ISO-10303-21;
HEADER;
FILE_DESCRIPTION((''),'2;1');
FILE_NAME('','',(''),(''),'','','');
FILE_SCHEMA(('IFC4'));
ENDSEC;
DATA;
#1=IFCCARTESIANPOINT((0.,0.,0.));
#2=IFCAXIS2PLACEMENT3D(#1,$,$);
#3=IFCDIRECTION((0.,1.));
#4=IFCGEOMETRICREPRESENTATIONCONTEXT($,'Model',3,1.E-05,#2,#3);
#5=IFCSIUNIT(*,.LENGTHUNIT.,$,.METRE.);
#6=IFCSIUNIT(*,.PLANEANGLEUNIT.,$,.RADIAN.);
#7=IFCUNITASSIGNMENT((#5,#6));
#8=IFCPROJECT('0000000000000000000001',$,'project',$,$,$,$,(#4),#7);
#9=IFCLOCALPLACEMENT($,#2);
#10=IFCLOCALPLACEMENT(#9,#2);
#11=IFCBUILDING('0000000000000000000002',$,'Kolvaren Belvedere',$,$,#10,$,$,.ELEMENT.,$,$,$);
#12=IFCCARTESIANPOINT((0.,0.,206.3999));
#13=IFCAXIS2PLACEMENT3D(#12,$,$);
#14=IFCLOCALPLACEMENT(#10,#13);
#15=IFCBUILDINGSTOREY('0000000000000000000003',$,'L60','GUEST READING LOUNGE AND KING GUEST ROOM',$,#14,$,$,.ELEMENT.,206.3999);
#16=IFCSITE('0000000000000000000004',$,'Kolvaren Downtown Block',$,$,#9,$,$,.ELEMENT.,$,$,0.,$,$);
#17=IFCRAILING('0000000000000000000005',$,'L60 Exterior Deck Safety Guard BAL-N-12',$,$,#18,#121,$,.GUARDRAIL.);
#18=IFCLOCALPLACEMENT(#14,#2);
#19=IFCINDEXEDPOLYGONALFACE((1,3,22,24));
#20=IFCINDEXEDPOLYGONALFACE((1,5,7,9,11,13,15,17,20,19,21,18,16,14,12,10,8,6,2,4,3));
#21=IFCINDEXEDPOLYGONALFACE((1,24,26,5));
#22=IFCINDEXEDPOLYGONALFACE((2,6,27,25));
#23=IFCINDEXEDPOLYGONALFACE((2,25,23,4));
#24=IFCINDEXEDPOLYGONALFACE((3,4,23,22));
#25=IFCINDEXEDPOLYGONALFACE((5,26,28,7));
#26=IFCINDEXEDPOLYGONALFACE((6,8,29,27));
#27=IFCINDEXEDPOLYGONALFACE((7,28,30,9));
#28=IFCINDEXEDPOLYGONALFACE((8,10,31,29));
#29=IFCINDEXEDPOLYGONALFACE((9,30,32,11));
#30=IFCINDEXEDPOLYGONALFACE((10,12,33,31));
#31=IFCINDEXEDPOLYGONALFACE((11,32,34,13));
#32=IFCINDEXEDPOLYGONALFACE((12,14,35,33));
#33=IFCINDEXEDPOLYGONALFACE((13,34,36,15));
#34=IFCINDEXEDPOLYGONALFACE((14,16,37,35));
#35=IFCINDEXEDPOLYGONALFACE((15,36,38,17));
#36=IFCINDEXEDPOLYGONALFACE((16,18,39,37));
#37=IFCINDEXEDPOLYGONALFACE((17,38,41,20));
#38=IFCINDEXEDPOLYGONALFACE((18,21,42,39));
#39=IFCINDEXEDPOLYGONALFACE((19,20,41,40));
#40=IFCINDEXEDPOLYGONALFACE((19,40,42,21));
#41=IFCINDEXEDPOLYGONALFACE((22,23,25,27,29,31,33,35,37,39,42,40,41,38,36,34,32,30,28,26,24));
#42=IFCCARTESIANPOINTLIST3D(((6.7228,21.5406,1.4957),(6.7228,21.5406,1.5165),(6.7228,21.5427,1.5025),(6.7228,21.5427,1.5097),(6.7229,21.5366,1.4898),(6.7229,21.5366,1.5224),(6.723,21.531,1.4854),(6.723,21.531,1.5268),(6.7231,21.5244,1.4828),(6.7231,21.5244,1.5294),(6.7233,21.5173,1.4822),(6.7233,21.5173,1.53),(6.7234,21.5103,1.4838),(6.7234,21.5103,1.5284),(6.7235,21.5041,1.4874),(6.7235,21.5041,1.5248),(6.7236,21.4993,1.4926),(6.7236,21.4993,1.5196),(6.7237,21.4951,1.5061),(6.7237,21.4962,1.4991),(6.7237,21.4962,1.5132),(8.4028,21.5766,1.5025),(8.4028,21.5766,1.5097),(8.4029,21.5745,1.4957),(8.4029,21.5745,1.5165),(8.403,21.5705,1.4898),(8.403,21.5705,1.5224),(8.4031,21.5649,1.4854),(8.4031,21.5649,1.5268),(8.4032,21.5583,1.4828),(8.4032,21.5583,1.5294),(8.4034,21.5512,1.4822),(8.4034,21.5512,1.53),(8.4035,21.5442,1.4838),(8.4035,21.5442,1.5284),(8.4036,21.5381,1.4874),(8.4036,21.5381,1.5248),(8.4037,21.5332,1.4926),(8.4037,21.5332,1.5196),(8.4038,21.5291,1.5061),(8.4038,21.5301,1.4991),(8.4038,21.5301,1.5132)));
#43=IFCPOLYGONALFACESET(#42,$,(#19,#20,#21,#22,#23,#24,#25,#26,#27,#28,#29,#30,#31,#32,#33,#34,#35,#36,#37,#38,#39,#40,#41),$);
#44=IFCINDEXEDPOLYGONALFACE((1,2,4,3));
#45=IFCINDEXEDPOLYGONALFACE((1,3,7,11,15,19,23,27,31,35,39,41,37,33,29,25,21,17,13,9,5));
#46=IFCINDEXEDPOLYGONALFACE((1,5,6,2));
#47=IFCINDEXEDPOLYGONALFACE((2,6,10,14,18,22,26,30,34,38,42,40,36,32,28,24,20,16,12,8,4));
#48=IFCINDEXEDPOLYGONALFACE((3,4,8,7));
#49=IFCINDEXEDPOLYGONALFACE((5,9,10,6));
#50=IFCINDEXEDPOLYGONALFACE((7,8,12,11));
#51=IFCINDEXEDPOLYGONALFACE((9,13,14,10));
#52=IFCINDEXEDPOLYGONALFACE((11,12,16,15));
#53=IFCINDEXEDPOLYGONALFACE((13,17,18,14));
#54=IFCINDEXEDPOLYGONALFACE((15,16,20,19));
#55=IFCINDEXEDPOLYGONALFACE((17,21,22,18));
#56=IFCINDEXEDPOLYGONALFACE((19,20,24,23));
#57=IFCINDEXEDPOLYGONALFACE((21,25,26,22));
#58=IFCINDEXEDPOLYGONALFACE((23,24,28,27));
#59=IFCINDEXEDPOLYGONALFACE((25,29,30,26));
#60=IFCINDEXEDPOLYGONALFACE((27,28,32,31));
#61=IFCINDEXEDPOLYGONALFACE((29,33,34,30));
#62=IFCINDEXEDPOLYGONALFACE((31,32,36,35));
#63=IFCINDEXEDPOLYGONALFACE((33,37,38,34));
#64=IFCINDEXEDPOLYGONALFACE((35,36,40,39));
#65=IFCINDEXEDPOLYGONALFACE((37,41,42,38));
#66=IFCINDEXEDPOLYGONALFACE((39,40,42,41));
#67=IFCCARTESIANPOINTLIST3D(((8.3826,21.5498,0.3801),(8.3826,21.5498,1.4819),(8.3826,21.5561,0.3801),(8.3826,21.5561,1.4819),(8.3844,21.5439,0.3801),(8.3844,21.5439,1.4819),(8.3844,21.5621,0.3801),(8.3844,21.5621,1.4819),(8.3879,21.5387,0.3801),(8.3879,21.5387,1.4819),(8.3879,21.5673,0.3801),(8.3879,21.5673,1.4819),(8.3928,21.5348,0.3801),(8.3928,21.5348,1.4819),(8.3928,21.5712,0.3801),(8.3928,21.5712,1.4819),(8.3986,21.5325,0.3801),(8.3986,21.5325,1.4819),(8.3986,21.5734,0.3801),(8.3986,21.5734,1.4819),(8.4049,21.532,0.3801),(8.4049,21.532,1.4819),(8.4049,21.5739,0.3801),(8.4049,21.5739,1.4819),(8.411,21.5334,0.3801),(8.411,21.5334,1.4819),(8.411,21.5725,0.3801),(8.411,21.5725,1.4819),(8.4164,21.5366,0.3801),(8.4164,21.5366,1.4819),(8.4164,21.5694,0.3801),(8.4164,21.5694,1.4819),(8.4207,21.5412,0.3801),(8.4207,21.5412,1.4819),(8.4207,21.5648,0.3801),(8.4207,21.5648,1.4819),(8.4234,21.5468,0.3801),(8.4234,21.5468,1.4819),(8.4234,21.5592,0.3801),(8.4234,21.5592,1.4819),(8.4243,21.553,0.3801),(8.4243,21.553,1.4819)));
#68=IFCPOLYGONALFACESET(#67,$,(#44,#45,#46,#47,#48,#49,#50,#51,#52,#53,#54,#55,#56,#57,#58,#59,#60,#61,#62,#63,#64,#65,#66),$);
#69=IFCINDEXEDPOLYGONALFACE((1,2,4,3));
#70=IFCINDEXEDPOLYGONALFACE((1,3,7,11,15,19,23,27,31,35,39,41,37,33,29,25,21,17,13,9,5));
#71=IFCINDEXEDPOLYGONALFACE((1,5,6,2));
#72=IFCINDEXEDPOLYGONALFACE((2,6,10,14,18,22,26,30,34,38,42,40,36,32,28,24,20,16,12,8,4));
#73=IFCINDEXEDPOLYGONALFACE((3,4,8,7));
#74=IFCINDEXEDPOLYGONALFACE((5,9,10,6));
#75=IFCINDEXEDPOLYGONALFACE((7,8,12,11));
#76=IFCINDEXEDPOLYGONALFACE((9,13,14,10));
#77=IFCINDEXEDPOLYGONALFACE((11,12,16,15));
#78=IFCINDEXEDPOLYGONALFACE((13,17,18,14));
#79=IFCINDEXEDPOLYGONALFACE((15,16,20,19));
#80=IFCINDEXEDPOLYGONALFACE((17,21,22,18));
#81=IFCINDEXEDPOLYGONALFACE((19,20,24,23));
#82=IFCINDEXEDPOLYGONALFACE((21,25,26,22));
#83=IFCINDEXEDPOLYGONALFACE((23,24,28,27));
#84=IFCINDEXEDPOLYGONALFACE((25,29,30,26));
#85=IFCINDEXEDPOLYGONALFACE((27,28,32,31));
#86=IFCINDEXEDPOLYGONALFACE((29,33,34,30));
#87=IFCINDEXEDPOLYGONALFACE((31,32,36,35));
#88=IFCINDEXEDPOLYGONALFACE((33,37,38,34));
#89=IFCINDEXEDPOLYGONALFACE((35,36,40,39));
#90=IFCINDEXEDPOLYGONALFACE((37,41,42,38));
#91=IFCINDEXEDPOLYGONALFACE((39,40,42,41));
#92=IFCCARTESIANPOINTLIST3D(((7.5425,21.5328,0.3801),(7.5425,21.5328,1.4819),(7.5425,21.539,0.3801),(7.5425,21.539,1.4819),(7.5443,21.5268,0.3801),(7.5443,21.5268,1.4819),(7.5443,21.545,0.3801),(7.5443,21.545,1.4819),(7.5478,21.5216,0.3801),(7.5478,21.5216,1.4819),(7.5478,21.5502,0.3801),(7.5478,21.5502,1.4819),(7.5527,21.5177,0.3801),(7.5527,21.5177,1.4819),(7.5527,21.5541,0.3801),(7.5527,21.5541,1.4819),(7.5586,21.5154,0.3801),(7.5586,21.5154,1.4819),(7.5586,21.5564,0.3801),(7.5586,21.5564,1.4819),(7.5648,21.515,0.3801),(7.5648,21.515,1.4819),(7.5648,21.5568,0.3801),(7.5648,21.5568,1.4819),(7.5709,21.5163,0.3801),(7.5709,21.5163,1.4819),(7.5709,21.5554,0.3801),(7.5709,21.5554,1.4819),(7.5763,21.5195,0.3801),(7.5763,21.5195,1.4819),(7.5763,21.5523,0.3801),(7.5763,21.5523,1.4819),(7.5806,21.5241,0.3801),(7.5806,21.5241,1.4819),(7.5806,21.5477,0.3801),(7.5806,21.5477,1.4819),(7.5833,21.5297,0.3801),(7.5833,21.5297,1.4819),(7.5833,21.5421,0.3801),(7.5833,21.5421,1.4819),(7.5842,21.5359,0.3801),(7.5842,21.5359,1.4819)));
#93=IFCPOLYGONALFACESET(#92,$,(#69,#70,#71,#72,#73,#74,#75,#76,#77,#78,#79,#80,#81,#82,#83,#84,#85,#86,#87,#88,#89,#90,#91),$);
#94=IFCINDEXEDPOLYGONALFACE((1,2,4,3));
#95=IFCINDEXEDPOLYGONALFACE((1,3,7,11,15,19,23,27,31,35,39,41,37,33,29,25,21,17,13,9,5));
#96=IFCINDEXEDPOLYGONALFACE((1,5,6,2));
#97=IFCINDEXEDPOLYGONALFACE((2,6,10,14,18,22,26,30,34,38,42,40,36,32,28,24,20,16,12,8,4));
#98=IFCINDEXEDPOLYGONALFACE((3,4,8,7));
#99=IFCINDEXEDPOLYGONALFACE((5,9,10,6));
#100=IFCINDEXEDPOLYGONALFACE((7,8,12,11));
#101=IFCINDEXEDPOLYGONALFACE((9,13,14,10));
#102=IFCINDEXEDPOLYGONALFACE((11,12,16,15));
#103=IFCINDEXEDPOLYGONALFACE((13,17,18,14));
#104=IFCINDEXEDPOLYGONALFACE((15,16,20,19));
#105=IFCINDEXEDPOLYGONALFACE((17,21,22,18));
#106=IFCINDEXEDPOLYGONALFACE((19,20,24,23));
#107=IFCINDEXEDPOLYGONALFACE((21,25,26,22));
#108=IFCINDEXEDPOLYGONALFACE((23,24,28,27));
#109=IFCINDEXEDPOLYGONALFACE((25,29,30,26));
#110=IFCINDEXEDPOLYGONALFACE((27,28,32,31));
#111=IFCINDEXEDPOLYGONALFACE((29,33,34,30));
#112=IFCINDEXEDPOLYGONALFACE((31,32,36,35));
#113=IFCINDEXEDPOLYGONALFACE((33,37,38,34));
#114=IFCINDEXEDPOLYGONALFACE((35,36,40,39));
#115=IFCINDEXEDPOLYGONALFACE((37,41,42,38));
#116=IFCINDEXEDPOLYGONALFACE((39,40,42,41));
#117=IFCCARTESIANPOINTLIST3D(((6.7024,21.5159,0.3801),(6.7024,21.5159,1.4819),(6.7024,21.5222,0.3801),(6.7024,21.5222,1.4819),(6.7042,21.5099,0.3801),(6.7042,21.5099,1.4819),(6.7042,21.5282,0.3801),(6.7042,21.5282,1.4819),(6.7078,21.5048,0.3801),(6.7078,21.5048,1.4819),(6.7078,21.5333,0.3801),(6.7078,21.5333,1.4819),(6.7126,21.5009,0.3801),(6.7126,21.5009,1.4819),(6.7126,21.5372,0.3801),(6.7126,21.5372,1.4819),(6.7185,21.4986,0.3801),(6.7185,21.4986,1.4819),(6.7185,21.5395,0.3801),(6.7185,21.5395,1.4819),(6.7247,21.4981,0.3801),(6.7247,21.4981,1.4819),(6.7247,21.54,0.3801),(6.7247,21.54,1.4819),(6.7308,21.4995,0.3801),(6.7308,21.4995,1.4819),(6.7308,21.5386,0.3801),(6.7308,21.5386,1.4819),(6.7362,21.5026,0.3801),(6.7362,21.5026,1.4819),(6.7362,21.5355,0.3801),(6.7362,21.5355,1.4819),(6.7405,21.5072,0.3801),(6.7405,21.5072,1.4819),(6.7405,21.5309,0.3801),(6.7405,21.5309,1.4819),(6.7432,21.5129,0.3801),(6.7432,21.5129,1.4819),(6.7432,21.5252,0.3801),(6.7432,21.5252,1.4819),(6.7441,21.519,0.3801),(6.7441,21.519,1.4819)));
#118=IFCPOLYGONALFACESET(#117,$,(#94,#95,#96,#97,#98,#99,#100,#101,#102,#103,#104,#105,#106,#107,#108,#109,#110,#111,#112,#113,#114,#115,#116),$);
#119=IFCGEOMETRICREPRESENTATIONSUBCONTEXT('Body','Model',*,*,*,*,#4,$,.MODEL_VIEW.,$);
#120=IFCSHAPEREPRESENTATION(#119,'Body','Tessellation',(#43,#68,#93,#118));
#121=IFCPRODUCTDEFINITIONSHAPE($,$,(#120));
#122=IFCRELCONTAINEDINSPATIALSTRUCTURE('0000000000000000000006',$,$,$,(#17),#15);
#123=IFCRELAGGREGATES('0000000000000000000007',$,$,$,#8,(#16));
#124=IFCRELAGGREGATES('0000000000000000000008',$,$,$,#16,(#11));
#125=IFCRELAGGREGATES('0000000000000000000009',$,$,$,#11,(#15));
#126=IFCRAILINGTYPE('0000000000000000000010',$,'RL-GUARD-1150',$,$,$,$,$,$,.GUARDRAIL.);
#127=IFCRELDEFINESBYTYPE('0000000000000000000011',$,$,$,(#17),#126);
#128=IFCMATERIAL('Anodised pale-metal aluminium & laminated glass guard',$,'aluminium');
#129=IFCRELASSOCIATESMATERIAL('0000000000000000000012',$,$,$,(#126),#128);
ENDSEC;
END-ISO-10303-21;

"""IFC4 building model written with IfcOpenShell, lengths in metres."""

from ifc_helpers import new_model, si_unit, direction, frame, origin, origin_2d, place, context, subcontext, project, spatial, circle, extrude, material, type_object, element, save


model = new_model("IFC4")

# Units and contexts
model_context = context("Model", 3, precision=1e-05, world=origin(), true_north=direction((0.0, 1.0)))
body_context = subcontext(model_context, "Body", "Model", "MODEL_VIEW")
ifc_project = project(units=[si_unit("LENGTHUNIT", "METRE"), si_unit("PLANEANGLEUNIT", "RADIAN")], contexts=[model_context])

# Site, building, storey
site_placement = place(None, origin())
site = spatial("IfcSite", under=ifc_project, at=site_placement, Name="Kolvaren Downtown Block", CompositionType="ELEMENT", RefElevation=0.0)
building_placement = place(site_placement, origin())
building = spatial("IfcBuilding", under=site, at=building_placement, Name="Kolvaren Belvedere", CompositionType="ELEMENT")
storey_placement = place(building_placement, frame((0.0, 0.0, 206.3999)))
storey = spatial("IfcBuildingStorey", under=building, at=storey_placement, Name="L60", Description="GUEST READING LOUNGE AND KING GUEST ROOM", CompositionType="ELEMENT", Elevation=206.3999)

# Railing
ifc_material_1 = material(Name="Anodised pale-metal aluminium & laminated glass guard", Category="aluminium")
railing_type = type_object("IfcRailingType", Name="RL-GUARD-1150", PredefinedType="GUARDRAIL", material=ifc_material_1)
railing_1_placement = place(storey_placement, frame((8.4033, 21.553, 0.3801)))
element("IfcRailing", 1, at=railing_1_placement, inside=storey, type_object=railing_type, Name="L60 Exterior Deck Safety Guard BAL-N-12", PredefinedType="GUARDRAIL", context=body_context, shape_type="SweptSolid", body=[
    extrude(circle(Radius=0.0239, at=origin_2d()), frame((0.0, 0.0, 1.126), z_axis=(-0.999796, -0.020193, 0.0), x_axis=(0.020193, -0.999796, 0.0)), (0.0, 0.0, 1.0), 1.6804),
    extrude(circle(Radius=0.021, at=origin_2d()), origin(), (0.0, 0.0, 1.0), 1.1018),
    extrude(circle(Radius=0.021, at=origin_2d()), frame((-0.8401, -0.0171, 0.0)), (0.0, 0.0, 1.0), 1.1018),
    extrude(circle(Radius=0.021, at=origin_2d()), frame((-1.6802, -0.0339, 0.0)), (0.0, 0.0, 1.0), 1.1018),
])

save(model, "model.ifc")
